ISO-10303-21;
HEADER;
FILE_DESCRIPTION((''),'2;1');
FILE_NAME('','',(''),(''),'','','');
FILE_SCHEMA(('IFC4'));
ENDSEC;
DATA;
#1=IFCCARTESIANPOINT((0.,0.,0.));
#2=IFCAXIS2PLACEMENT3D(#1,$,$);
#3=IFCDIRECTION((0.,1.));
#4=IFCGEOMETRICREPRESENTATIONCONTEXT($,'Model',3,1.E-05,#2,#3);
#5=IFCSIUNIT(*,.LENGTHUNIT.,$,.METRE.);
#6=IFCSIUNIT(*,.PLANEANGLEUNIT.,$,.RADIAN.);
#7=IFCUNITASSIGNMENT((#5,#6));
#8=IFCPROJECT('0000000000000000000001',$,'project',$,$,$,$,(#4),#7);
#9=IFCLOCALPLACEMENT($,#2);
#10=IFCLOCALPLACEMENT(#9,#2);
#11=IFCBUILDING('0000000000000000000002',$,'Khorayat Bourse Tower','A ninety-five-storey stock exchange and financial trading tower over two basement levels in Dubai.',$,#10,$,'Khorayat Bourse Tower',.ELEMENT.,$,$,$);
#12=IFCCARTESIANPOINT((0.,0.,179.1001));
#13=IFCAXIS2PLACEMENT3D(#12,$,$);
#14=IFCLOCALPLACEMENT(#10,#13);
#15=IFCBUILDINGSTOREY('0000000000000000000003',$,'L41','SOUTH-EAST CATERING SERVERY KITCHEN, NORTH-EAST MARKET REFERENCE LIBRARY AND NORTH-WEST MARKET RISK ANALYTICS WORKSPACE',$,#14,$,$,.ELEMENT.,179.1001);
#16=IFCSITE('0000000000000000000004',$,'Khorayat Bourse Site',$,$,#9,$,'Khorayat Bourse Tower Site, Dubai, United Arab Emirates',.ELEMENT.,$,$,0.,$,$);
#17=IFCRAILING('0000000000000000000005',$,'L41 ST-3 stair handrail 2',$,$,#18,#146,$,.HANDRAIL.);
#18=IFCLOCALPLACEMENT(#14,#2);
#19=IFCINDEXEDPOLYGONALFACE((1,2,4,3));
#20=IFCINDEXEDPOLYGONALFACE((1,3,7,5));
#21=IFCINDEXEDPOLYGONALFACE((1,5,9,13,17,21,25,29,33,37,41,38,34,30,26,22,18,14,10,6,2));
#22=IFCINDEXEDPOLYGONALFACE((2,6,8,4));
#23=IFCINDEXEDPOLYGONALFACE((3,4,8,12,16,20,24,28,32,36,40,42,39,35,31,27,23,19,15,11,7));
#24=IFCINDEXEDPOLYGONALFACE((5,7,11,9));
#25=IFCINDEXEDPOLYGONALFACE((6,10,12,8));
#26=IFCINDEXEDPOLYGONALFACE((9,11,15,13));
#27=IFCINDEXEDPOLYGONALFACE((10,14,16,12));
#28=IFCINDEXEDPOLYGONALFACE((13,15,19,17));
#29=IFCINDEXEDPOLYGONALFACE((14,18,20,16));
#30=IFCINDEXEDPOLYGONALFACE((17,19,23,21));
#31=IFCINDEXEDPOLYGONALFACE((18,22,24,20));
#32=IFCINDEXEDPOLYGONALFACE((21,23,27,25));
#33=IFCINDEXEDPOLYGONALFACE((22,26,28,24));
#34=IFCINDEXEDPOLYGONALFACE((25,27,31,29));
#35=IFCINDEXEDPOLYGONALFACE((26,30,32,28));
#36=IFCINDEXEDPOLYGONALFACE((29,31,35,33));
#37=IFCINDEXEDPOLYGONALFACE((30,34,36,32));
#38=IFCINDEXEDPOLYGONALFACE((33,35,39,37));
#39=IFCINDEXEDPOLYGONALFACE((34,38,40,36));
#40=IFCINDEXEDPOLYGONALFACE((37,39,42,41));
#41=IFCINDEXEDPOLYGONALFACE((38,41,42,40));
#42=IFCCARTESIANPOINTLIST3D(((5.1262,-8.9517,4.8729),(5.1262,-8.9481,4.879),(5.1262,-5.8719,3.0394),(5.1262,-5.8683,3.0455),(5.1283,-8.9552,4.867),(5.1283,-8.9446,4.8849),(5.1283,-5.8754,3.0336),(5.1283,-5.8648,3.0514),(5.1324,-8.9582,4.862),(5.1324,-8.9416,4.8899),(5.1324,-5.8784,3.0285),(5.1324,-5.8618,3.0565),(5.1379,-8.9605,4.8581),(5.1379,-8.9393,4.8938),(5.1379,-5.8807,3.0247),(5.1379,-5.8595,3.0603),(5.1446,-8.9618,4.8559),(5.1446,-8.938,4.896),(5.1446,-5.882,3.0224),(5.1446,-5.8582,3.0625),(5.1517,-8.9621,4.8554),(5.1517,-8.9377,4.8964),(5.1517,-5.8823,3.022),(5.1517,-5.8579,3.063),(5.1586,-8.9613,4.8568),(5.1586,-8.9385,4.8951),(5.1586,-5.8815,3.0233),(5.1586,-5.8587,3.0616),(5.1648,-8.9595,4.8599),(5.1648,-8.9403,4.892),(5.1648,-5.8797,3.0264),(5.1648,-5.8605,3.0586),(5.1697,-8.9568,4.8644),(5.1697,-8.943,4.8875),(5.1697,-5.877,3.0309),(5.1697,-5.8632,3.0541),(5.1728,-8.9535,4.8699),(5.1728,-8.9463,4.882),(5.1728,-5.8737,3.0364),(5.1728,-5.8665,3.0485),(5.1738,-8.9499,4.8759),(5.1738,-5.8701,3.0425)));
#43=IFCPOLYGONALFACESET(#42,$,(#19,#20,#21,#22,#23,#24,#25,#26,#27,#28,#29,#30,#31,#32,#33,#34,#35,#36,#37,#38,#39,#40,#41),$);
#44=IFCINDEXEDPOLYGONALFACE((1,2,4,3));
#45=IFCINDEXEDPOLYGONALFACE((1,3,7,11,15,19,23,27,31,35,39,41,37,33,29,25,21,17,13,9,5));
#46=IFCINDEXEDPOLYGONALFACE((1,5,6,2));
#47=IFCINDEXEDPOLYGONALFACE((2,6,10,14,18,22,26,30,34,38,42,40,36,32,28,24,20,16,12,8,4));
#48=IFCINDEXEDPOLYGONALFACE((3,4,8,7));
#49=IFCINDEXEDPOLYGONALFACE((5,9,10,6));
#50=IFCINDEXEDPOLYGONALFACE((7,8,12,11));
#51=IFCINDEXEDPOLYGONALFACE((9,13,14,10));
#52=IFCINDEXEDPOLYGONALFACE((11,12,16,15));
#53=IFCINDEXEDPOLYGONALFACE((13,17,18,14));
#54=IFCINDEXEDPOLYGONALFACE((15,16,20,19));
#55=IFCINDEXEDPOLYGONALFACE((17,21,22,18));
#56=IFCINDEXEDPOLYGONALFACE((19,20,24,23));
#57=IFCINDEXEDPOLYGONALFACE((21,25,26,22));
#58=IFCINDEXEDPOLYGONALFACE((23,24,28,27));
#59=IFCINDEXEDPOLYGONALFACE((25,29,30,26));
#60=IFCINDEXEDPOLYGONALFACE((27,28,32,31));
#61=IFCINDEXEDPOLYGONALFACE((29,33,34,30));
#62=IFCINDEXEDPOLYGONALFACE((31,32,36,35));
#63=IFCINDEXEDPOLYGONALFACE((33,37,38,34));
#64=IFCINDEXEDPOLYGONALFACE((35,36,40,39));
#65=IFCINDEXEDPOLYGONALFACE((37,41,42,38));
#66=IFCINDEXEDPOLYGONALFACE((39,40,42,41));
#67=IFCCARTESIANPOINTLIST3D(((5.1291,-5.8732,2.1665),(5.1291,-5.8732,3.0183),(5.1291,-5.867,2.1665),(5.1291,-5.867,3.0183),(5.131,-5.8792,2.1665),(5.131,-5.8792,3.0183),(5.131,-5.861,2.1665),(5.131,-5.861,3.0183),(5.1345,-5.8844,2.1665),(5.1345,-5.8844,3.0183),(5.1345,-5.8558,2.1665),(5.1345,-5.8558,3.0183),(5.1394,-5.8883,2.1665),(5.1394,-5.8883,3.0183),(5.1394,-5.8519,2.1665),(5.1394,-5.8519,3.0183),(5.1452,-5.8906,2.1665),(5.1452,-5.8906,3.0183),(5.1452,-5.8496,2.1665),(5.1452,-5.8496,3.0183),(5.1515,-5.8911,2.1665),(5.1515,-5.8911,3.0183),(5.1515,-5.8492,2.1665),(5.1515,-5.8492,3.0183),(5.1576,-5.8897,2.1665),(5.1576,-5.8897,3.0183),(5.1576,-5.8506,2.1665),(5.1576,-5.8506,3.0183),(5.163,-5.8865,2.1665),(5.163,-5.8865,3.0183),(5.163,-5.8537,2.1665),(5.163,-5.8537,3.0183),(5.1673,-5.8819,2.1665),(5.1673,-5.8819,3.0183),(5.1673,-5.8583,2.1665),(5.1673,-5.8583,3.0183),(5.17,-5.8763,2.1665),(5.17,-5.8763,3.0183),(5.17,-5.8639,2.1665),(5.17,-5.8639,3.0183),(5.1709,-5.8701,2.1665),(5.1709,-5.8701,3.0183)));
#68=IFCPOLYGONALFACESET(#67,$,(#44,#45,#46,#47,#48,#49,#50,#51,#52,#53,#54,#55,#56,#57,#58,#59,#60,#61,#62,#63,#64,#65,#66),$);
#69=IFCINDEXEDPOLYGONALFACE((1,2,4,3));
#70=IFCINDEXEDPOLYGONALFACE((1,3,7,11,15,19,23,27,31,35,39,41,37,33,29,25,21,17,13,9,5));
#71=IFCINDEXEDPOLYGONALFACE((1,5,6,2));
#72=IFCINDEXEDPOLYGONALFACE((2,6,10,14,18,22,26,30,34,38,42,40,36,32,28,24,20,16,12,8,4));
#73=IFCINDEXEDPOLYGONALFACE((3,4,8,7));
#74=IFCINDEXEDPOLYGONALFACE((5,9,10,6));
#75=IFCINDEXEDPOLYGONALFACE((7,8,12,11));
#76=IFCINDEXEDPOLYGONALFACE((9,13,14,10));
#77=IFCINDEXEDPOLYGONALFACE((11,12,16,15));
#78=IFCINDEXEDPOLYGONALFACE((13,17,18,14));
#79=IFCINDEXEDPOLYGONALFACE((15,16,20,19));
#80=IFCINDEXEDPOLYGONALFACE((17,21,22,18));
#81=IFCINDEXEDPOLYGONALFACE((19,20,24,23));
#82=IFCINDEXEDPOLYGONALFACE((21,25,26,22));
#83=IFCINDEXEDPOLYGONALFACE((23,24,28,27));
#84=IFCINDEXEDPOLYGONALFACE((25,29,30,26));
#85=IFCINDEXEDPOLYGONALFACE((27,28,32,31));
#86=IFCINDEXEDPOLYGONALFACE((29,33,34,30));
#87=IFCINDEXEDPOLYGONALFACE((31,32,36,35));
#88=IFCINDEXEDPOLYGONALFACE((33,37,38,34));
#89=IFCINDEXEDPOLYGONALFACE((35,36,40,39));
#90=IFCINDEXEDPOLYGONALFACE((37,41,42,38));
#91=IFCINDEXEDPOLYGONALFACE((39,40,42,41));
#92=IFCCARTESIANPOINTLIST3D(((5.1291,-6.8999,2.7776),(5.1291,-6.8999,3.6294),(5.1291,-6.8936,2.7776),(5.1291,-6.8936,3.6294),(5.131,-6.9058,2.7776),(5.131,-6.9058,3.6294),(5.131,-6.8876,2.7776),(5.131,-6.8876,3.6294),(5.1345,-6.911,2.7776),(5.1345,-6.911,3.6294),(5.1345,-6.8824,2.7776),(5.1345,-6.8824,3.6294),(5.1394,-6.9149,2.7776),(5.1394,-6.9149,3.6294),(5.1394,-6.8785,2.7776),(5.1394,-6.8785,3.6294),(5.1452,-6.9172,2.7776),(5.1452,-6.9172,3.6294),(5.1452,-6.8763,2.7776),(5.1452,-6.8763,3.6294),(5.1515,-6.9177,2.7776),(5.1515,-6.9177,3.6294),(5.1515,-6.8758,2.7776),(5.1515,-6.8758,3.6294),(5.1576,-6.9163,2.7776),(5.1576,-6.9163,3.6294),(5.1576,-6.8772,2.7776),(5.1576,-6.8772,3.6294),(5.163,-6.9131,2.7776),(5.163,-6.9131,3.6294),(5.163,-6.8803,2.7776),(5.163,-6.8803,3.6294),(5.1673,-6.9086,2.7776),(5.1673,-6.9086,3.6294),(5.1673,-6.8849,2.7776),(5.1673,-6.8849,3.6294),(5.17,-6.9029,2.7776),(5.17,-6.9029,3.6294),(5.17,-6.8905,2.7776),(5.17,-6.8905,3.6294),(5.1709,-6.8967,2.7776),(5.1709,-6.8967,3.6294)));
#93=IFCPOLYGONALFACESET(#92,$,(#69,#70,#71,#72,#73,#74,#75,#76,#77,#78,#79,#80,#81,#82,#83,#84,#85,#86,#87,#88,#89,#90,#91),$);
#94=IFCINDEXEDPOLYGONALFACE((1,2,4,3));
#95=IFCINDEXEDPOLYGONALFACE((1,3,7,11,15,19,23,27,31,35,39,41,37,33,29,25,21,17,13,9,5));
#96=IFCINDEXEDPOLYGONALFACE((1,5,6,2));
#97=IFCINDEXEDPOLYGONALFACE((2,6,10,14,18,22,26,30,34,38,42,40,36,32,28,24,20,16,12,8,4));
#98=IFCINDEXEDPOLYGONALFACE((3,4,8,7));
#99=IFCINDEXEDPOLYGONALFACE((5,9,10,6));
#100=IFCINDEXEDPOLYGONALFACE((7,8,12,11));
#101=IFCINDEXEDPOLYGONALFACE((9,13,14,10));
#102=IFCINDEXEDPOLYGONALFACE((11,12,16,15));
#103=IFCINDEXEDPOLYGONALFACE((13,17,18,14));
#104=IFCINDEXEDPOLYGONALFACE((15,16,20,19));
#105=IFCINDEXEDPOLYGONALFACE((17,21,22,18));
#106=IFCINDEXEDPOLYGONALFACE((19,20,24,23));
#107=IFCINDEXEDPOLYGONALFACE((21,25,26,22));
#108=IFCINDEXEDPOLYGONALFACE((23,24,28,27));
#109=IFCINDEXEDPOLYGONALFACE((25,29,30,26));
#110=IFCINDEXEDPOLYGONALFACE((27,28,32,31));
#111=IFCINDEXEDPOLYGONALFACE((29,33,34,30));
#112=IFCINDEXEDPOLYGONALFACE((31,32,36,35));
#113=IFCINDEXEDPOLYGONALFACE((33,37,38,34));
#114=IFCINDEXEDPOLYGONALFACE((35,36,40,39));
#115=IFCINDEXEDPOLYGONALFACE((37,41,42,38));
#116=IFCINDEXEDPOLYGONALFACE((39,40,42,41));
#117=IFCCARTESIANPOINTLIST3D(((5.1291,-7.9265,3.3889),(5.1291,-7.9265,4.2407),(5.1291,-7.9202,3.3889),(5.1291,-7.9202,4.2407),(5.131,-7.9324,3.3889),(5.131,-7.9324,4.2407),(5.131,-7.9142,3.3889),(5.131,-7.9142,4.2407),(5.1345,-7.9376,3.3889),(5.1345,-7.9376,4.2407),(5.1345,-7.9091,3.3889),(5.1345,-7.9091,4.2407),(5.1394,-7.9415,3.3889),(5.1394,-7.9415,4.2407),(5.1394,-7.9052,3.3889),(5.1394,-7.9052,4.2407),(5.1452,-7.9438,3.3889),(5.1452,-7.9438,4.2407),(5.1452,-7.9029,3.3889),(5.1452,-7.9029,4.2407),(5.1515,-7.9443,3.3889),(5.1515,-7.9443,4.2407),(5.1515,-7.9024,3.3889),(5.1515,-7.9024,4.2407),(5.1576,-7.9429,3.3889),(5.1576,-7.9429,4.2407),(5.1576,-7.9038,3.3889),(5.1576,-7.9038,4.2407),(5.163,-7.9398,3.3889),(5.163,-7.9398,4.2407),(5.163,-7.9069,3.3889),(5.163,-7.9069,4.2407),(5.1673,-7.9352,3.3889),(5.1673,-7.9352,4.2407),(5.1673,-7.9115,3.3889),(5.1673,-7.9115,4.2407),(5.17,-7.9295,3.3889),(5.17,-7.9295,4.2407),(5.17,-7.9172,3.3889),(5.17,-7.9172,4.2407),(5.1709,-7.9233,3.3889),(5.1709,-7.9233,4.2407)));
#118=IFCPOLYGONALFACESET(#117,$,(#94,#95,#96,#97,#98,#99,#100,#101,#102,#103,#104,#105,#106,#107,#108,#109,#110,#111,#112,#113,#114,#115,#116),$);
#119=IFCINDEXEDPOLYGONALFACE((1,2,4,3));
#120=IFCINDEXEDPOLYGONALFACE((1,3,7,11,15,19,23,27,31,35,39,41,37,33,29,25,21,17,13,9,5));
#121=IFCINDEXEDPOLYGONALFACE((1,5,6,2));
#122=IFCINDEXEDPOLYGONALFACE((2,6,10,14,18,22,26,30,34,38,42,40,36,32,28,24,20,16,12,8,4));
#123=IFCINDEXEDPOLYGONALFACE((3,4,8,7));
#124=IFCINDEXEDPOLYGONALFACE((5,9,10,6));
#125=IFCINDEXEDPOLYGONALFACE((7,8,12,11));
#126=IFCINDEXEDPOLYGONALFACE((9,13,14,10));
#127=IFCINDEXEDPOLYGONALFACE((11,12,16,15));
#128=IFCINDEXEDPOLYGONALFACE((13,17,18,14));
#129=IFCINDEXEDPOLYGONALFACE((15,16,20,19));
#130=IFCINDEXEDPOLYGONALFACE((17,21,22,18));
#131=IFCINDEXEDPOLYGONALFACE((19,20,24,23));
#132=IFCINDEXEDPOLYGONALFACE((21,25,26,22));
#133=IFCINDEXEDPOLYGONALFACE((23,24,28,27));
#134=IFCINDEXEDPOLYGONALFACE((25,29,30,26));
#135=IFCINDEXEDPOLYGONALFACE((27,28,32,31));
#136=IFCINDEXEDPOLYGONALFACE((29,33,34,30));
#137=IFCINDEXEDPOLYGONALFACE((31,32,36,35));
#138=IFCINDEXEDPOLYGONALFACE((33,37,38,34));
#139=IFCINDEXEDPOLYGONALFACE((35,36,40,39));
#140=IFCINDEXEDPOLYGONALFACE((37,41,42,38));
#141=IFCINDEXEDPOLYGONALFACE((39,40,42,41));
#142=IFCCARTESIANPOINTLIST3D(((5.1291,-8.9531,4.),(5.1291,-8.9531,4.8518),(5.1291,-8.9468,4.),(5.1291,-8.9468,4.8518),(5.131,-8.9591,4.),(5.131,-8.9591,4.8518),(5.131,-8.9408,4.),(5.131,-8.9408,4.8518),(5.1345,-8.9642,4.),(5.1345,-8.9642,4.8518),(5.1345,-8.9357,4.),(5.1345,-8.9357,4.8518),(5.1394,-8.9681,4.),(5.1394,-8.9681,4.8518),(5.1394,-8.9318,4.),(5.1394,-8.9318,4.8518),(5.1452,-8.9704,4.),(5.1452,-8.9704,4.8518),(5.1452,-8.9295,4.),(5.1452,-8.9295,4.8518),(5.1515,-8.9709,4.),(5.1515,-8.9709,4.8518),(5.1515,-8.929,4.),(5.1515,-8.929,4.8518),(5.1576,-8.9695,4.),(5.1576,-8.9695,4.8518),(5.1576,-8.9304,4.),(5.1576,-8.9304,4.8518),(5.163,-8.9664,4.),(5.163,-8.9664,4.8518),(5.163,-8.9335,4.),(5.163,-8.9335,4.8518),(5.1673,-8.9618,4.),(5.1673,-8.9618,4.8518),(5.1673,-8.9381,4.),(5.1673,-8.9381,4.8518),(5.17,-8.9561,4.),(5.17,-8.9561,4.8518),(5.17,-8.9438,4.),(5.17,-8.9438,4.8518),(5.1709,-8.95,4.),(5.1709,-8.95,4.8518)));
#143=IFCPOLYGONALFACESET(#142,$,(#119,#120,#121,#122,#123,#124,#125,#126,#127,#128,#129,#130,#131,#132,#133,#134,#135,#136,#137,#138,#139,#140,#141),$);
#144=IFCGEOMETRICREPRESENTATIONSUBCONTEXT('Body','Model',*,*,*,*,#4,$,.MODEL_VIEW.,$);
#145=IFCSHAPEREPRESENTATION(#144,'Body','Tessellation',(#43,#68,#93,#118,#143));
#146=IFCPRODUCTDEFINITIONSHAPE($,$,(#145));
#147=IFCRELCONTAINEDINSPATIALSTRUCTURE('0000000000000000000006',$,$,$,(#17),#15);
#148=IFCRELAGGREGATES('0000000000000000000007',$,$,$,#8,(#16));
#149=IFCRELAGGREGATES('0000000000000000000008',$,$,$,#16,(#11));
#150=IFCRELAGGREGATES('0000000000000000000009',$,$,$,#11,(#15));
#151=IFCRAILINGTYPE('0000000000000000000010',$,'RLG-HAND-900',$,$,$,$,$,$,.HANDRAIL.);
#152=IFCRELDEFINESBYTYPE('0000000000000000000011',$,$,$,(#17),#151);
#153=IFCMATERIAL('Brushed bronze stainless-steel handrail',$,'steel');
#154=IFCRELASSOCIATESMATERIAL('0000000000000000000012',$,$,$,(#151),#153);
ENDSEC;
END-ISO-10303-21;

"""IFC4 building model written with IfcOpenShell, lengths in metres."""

from ifc_helpers import new_model, si_unit, direction, frame, origin, origin_2d, place, context, subcontext, project, spatial, circle, extrude, source, transform, mapped, material, type_object, element, save


model = new_model("IFC4")

# Units and contexts
model_context = context("Model", 3, precision=1e-05, world=origin(), true_north=direction((0.0, 1.0)))
body_context = subcontext(model_context, "Body", "Model", "MODEL_VIEW")
ifc_project = project(units=[si_unit("LENGTHUNIT", "METRE"), si_unit("PLANEANGLEUNIT", "RADIAN")], contexts=[model_context])

# Site, building, storey
site_placement = place(None, origin())
site = spatial("IfcSite", under=ifc_project, at=site_placement, Name="Khorayat Bourse Site", LongName="Khorayat Bourse Tower Site, Dubai, United Arab Emirates", CompositionType="ELEMENT", RefElevation=0.0)
building_placement = place(site_placement, origin())
building = spatial("IfcBuilding", under=site, at=building_placement, Name="Khorayat Bourse Tower", Description="A ninety-five-storey stock exchange and financial trading tower over two basement levels in Dubai.", LongName="Khorayat Bourse Tower", CompositionType="ELEMENT")
storey_placement = place(building_placement, frame((0.0, 0.0, 179.1001)))
storey = spatial("IfcBuildingStorey", under=building, at=storey_placement, Name="L41", Description="SOUTH-EAST CATERING SERVERY KITCHEN, NORTH-EAST MARKET REFERENCE LIBRARY AND NORTH-WEST MARKET RISK ANALYTICS WORKSPACE", CompositionType="ELEMENT", Elevation=179.1001)

# Railing
ifc_material_1 = material(Name="Brushed bronze stainless-steel handrail", Category="steel")
railing_type = type_object("IfcRailingType", Name="RLG-HAND-900", PredefinedType="HANDRAIL", material=ifc_material_1)
shared_shape_1 = source(origin(), body_context, "Body", "SweptSolid", [
    extrude(circle(Radius=0.0239, at=origin_2d()), frame((0.0, 0.0, 0.876), z_axis=(0.0, -0.859261, 0.511538), x_axis=(1.0, 0.0, 0.0)), (0.0, 0.0, 1.0), 3.5842),
    extrude(circle(Radius=0.021, at=origin_2d()), origin(), (0.0, 0.0, 1.0), 0.8518),
    extrude(circle(Radius=0.021, at=origin_2d()), frame((0.0, -1.0266, 0.6111)), (0.0, 0.0, 1.0), 0.8518),
    extrude(circle(Radius=0.021, at=origin_2d()), frame((0.0, -2.0532, 1.2224)), (0.0, 0.0, 1.0), 0.8518),
    extrude(circle(Radius=0.021, at=origin_2d()), frame((0.0, -3.0798, 1.8335)), (0.0, 0.0, 1.0), 0.8518),
])
railing_placement = place(storey_placement, frame((5.1499, -5.8701, 2.1665)))
element("IfcRailing", 1, at=railing_placement, inside=storey, type_object=railing_type, Name="L41 ST-3 stair handrail 2", PredefinedType="HANDRAIL", context=body_context, shape_type="MappedRepresentation", body=[
    mapped(shared_shape_1, transform((0.0, 0.0, 0.0), scale=1.0)),
])

save(model, "model.ifc")
